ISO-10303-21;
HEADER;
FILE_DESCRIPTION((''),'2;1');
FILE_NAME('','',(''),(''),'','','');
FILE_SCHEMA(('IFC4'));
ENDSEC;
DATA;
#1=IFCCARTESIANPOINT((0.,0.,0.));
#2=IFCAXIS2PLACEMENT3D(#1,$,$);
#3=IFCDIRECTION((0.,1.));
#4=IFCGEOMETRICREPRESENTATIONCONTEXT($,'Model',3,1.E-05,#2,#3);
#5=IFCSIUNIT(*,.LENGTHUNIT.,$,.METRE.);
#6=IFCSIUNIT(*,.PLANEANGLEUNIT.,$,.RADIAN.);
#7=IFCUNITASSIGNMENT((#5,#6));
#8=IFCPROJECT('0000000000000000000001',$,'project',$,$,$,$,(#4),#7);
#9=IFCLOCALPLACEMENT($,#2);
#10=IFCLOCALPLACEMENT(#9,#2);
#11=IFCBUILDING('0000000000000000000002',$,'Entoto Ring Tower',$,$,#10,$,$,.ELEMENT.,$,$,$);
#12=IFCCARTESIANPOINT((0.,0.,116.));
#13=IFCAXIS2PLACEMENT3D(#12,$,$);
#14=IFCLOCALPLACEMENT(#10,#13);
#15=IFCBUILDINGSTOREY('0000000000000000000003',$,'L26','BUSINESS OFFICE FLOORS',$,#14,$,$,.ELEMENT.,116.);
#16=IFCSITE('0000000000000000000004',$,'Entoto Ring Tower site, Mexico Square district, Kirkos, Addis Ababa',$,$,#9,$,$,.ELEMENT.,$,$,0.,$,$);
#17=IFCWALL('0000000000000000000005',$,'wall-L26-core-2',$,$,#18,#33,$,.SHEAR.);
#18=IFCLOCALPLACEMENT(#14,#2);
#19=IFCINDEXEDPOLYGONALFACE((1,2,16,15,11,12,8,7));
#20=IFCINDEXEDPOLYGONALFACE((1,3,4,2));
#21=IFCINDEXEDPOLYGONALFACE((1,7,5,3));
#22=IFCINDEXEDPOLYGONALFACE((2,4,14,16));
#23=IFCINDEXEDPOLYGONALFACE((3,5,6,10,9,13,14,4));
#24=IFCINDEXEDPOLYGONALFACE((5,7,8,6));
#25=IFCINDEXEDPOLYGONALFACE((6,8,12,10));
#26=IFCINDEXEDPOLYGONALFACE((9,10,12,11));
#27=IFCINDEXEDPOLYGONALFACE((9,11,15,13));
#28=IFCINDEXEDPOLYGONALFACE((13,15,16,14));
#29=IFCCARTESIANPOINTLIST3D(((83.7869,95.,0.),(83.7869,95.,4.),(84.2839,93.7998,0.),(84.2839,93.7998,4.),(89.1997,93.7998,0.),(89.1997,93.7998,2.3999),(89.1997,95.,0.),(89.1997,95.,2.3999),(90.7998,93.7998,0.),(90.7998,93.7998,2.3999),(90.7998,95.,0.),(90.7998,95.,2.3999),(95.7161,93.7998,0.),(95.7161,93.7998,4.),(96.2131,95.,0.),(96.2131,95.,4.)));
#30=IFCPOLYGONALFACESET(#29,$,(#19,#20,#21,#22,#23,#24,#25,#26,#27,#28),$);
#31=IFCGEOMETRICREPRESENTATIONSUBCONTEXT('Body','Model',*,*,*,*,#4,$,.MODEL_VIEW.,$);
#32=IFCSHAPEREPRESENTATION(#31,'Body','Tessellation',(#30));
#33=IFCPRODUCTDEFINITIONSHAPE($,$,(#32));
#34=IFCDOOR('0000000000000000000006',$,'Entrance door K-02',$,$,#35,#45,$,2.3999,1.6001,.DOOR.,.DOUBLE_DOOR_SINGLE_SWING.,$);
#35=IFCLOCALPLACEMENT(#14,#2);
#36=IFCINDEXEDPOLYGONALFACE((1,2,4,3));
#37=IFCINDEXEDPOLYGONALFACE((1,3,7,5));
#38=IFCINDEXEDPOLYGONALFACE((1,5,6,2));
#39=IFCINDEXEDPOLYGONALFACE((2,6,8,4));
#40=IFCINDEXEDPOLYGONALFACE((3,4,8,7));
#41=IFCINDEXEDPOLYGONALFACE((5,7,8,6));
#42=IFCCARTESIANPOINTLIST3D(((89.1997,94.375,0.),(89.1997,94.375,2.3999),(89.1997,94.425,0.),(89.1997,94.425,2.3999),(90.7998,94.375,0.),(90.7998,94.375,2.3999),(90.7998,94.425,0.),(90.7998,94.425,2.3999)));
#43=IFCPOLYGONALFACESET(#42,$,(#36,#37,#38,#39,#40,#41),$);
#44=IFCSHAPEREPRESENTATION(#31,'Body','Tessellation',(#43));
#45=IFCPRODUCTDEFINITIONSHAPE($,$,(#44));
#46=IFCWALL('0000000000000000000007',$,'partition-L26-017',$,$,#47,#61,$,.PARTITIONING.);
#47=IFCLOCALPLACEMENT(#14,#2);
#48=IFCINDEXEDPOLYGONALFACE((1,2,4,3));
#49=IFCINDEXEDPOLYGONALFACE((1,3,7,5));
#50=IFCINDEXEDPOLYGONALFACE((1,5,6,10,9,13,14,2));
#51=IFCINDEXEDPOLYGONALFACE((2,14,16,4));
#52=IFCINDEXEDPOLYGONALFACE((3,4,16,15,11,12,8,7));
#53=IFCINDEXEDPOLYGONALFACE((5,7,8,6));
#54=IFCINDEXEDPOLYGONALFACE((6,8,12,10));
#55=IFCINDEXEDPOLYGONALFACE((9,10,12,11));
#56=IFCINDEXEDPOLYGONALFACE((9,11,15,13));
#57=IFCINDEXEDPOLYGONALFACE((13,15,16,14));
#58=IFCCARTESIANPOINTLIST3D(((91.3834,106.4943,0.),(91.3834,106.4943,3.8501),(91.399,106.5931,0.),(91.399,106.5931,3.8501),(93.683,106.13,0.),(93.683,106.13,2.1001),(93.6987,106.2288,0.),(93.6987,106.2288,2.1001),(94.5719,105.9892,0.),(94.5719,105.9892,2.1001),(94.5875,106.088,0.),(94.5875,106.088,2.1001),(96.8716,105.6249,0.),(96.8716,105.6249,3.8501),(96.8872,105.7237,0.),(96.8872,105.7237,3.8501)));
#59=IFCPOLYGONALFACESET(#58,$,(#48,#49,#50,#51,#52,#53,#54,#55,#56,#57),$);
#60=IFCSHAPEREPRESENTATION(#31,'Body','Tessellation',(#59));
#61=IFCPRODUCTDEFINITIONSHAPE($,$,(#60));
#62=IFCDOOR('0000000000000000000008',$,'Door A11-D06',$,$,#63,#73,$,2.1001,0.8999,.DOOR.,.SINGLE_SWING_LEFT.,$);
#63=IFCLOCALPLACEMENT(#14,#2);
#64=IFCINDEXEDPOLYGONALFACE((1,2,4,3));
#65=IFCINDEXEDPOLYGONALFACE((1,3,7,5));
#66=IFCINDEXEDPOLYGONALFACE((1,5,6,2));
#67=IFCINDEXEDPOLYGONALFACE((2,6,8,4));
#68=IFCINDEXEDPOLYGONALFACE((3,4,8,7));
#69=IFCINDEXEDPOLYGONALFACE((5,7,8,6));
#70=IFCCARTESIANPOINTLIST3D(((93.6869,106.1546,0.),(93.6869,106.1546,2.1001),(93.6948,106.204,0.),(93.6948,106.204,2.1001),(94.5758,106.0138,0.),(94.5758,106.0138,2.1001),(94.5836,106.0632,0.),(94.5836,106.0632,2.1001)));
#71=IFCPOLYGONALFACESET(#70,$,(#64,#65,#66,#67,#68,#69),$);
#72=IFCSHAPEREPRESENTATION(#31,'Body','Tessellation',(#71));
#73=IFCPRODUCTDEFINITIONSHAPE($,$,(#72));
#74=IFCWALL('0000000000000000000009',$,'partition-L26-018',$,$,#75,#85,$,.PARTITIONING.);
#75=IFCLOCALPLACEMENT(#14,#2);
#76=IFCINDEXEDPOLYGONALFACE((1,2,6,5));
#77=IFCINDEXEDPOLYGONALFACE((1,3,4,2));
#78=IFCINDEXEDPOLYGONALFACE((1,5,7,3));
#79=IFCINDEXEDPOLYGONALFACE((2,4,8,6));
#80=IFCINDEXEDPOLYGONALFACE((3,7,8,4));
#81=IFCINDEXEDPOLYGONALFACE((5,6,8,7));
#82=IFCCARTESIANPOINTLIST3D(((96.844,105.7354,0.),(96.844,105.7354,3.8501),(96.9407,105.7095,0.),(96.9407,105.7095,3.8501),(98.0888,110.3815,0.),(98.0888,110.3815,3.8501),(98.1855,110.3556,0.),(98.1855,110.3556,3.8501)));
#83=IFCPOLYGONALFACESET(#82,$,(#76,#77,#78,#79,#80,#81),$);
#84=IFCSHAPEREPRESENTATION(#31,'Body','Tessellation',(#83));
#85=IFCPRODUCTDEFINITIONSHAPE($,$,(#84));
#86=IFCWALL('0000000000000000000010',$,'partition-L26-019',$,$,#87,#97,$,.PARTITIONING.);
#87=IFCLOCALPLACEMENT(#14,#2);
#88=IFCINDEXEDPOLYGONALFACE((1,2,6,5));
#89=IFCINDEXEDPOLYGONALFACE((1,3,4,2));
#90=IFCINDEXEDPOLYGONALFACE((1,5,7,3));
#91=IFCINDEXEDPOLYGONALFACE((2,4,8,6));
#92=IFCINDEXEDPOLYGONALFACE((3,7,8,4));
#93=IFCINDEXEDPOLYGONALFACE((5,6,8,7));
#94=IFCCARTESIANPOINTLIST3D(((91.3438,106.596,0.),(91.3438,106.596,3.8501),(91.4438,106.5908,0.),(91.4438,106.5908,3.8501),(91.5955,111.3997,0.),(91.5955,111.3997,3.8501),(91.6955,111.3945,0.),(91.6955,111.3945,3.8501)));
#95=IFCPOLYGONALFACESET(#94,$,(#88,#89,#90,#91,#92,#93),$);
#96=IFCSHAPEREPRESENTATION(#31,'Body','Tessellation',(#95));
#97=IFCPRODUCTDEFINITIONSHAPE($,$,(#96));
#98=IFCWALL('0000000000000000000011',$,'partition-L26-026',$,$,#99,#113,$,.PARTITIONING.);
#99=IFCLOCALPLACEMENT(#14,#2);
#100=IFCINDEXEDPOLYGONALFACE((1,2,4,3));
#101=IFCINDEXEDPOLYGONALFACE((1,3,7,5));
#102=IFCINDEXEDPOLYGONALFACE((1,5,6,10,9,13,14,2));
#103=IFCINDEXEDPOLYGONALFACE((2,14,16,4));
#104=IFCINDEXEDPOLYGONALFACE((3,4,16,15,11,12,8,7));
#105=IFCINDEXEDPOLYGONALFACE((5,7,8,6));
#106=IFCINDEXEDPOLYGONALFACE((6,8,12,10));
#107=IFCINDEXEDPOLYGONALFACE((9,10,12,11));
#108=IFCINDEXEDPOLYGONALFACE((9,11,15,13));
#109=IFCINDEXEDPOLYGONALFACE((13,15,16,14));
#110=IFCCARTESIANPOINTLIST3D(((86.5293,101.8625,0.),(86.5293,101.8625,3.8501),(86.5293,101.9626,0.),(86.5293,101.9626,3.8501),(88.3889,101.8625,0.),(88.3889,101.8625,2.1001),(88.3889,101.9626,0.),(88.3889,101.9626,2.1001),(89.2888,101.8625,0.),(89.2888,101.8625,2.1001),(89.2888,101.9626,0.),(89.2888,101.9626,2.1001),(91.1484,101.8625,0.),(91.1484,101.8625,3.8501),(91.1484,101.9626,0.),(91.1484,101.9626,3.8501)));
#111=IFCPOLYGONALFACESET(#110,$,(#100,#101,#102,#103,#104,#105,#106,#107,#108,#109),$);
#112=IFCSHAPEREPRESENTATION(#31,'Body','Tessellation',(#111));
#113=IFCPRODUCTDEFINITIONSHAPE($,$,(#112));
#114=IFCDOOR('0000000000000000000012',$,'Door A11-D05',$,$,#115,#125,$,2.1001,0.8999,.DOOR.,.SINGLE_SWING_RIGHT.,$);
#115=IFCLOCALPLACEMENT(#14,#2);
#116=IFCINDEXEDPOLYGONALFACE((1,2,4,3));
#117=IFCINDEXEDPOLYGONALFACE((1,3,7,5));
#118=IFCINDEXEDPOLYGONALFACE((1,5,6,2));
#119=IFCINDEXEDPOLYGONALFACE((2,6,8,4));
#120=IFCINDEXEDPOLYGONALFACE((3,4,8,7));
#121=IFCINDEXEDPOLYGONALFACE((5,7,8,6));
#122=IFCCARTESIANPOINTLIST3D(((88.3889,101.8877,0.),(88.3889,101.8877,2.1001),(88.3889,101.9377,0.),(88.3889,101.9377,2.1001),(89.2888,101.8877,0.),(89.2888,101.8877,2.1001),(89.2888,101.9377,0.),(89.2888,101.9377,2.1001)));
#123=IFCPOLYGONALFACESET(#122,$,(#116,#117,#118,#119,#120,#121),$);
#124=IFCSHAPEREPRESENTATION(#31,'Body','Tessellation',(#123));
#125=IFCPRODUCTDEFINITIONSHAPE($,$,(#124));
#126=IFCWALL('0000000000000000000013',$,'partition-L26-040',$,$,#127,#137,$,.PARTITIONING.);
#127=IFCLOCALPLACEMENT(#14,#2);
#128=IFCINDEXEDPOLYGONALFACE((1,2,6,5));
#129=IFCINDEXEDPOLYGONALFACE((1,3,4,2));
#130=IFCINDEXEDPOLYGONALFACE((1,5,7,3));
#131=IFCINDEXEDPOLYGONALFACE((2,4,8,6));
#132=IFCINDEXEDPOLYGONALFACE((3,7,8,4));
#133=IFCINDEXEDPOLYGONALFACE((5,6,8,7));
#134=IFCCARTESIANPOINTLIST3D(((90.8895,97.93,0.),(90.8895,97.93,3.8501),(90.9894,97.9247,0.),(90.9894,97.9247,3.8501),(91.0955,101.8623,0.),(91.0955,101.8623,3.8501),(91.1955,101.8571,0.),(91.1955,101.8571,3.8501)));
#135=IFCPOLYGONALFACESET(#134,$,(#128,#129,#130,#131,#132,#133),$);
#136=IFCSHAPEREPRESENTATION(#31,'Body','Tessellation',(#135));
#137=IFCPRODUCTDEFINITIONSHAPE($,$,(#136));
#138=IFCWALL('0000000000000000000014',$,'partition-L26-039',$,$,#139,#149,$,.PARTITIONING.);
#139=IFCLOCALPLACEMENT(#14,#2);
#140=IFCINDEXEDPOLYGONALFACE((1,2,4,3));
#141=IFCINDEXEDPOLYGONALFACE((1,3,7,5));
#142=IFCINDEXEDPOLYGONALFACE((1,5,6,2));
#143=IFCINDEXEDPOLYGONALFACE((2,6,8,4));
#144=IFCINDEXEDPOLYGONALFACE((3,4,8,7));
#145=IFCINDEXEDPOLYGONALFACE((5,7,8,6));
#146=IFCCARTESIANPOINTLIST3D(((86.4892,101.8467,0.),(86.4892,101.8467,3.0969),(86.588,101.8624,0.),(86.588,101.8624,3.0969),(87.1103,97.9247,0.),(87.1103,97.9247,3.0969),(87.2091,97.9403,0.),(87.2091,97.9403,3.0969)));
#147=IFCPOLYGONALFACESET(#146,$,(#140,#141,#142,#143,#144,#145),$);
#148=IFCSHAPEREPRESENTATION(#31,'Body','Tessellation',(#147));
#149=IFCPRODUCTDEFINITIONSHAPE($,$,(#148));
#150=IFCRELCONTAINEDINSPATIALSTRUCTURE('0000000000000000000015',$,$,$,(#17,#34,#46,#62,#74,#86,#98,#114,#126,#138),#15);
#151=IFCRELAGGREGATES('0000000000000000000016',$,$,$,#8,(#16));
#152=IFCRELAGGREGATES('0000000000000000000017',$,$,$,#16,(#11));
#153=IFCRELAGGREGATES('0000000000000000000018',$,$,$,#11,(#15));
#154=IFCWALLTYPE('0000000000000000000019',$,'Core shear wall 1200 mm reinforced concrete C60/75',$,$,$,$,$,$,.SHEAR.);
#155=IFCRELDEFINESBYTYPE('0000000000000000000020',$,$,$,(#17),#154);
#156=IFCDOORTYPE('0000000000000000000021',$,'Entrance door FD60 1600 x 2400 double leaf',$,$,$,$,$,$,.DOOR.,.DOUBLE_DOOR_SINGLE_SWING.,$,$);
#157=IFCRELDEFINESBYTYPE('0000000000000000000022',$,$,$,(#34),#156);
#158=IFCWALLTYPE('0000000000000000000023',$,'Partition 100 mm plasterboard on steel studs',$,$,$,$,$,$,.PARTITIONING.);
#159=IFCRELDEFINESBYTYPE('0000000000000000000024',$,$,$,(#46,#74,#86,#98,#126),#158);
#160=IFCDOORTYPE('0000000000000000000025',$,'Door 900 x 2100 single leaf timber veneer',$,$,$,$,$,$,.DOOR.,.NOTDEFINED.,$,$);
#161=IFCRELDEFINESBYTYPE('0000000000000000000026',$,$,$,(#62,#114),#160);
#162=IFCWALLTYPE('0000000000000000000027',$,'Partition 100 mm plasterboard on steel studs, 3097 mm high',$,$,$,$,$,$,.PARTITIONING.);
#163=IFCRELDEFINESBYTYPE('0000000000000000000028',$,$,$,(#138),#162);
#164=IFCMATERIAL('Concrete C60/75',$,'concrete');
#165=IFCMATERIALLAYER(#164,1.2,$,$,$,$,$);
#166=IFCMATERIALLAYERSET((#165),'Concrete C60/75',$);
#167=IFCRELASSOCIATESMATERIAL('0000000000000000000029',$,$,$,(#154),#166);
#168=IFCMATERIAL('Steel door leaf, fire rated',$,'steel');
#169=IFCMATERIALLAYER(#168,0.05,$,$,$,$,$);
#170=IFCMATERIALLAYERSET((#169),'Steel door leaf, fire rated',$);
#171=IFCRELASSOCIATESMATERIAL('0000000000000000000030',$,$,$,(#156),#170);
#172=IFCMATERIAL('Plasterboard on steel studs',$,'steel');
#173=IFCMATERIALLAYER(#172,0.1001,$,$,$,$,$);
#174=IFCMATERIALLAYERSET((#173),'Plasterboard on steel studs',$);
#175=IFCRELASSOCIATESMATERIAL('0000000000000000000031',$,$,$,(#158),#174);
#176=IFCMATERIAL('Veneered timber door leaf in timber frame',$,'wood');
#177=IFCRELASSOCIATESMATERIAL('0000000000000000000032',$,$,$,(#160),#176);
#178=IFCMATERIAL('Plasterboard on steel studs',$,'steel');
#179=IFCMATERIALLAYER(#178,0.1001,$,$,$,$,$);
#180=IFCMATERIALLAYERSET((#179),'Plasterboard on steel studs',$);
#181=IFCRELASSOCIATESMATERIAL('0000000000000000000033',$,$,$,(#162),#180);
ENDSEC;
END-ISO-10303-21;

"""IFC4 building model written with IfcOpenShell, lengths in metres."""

from ifc_helpers import new_model, si_unit, direction, frame, frame_2d, origin, place, context, subcontext, project, spatial, polyline, rectangle, outline, extrude, material, layer, layer_set, type_object, element, fill, save


model = new_model("IFC4")

# Units and contexts
model_context = context("Model", 3, precision=1e-05, world=origin(), true_north=direction((0.0, 1.0)))
body_context = subcontext(model_context, "Body", "Model", "MODEL_VIEW")
ifc_project = project(units=[si_unit("LENGTHUNIT", "METRE"), si_unit("PLANEANGLEUNIT", "RADIAN")], contexts=[model_context])

# Site, building, storey
site_placement = place(None, origin())
site = spatial("IfcSite", under=ifc_project, at=site_placement, Name="Entoto Ring Tower site, Mexico Square district, Kirkos, Addis Ababa", CompositionType="ELEMENT", RefElevation=0.0)
building_placement = place(site_placement, origin())
building = spatial("IfcBuilding", under=site, at=building_placement, Name="Entoto Ring Tower", CompositionType="ELEMENT")
storey_placement = place(building_placement, frame((0.0, 0.0, 116.0)))
storey = spatial("IfcBuildingStorey", under=building, at=storey_placement, Name="L26", Description="BUSINESS OFFICE FLOORS", CompositionType="ELEMENT", Elevation=116.0)

# Walls, openings, doors
ifc_material_1 = material(Name="Concrete C60/75", Category="concrete")
ifc_layer_1 = layer(ifc_material_1, 1.2)
ifc_layer_set_1 = layer_set([ifc_layer_1], Name="Concrete C60/75")
wall_type_1 = type_object("IfcWallType", Name="Core shear wall 1200 mm reinforced concrete C60/75", PredefinedType="SHEAR", material=ifc_layer_set_1)
wall_1_placement = place(storey_placement, frame((95.9646, 94.3999, 0.0), z_axis=(0.0, 0.0, 1.0), x_axis=(-1.0, 0.0, 0.0)))
wall_1 = element("IfcWall", 1, at=wall_1_placement, inside=storey, type_object=wall_type_1, Name="wall-L26-core-2", PredefinedType="SHEAR", context=body_context, shape_type="SweptSolid", body=[
    extrude(outline(polyline([(-0.2485, -0.6001), (12.1777, -0.6001), (11.6807, 0.6001), (0.2485, 0.6001), (-0.2485, -0.6001)])), origin(), (0.0, 0.0, 1.0), 4.0),
])
opening_1_placement = place(wall_1_placement, frame((5.1648, 0.0, 0.0)))
opening_1 = element("IfcOpeningElement", 2, at=opening_1_placement, cuts=wall_1, PredefinedType="OPENING", context=body_context, shape_type="SweptSolid", body=[
    extrude(rectangle(XDim=1.6001, YDim=2.3999, at=frame_2d((0.8, 1.2))), frame((0.0, 0.6099, 0.0), z_axis=(0.0, -1.0, 0.0), x_axis=(1.0, 0.0, 0.0)), (0.0, 0.0, 1.0), 1.22),
])
ifc_material_2 = material(Name="Steel door leaf, fire rated", Category="steel")
ifc_layer_2 = layer(ifc_material_2, 0.05)
ifc_layer_set_2 = layer_set([ifc_layer_2], Name="Steel door leaf, fire rated")
door_type_1 = type_object("IfcDoorType", Name="Entrance door FD60 1600 x 2400 double leaf", OperationType="DOUBLE_DOOR_SINGLE_SWING", PredefinedType="DOOR", material=ifc_layer_set_2)
door_1_placement = place(opening_1_placement, origin())
door_1 = element("IfcDoor", 3, at=door_1_placement, inside=storey, type_object=door_type_1, Name="Entrance door K-02", OperationType="DOUBLE_DOOR_SINGLE_SWING", OverallHeight=2.3999, OverallWidth=1.6001, PredefinedType="DOOR", context=body_context, shape_type="SweptSolid", body=[
    extrude(rectangle(XDim=1.6001, YDim=2.3999, at=frame_2d((0.8, 1.2))), frame((0.0, 0.0249, 0.0), z_axis=(0.0, -1.0, 0.0), x_axis=(1.0, 0.0, 0.0)), (0.0, 0.0, 1.0), 0.05),
])
fill(opening_1, door_1)
ifc_material_3 = material(Name="Plasterboard on steel studs", Category="steel")
ifc_layer_3 = layer(ifc_material_3, 0.1001)
ifc_layer_set_3 = layer_set([ifc_layer_3], Name="Plasterboard on steel studs")
wall_type_2 = type_object("IfcWallType", Name="Partition 100 mm plasterboard on steel studs", PredefinedType="PARTITIONING", material=ifc_layer_set_3)
wall_2_placement = place(storey_placement, frame((96.8794, 105.6743, 0.0), z_axis=(0.0, 0.0, 1.0), x_axis=(-0.987685, 0.156457, 0.0)))
wall_2 = element("IfcWall", 4, at=wall_2_placement, inside=storey, type_object=wall_type_2, Name="partition-L26-017", PredefinedType="PARTITIONING", context=body_context, shape_type="SweptSolid", body=[
    extrude(rectangle(XDim=5.5566, YDim=0.1001, at=frame_2d((2.7783, 0.0))), origin(), (0.0, 0.0, 1.0), 3.8501),
])
opening_2_placement = place(wall_2_placement, frame((2.3284, 0.0, 0.0)))
opening_2 = element("IfcOpeningElement", 5, at=opening_2_placement, cuts=wall_2, PredefinedType="OPENING", context=body_context, shape_type="SweptSolid", body=[
    extrude(rectangle(XDim=0.8999, YDim=2.1001, at=frame_2d((0.45, 1.05))), frame((0.0, 0.0601, 0.0), z_axis=(0.0, -1.0, 0.0), x_axis=(1.0, 0.0, 0.0)), (0.0, 0.0, 1.0), 0.1201),
])
ifc_material_4 = material(Name="Veneered timber door leaf in timber frame", Category="wood")
door_type_2 = type_object("IfcDoorType", Name="Door 900 x 2100 single leaf timber veneer", OperationType="NOTDEFINED", PredefinedType="DOOR", material=ifc_material_4)
door_2_placement = place(opening_2_placement, frame((0.8999, 0.0, 0.0), z_axis=(0.0, 0.0, 1.0), x_axis=(-1.0, 0.0, 0.0)))
door_2 = element("IfcDoor", 6, at=door_2_placement, inside=storey, type_object=door_type_2, Name="Door A11-D06", OperationType="SINGLE_SWING_LEFT", OverallHeight=2.1001, OverallWidth=0.8999, PredefinedType="DOOR", context=body_context, shape_type="SweptSolid", body=[
    extrude(rectangle(XDim=0.8999, YDim=2.1001, at=frame_2d((0.45, 1.05))), frame((0.0, 0.0249, 0.0), z_axis=(0.0, -1.0, 0.0), x_axis=(1.0, 0.0, 0.0)), (0.0, 0.0, 1.0), 0.05),
])
fill(opening_2, door_2)

# Walls
wall_3_placement = place(storey_placement, frame((96.8923, 105.7224, 0.0), z_axis=(0.0, 0.0, 1.0), x_axis=(0.258803, 0.96593, 0.0)))
element("IfcWall", 7, at=wall_3_placement, inside=storey, type_object=wall_type_2, Name="partition-L26-018", PredefinedType="PARTITIONING", context=body_context, shape_type="SweptSolid", body=[
    extrude(rectangle(XDim=4.8101, YDim=0.1001, at=frame_2d((2.405, 0.0))), origin(), (0.0, 0.0, 1.0), 3.8501),
])
wall_4_placement = place(storey_placement, frame((91.3938, 106.5933, 0.0), z_axis=(0.0, 0.0, 1.0), x_axis=(0.052327, 0.99863, 0.0)))
element("IfcWall", 8, at=wall_4_placement, inside=storey, type_object=wall_type_2, Name="partition-L26-019", PredefinedType="PARTITIONING", context=body_context, shape_type="SweptSolid", body=[
    extrude(rectangle(XDim=4.8103, YDim=0.1001, at=frame_2d((2.4053, 0.0))), origin(), (0.0, 0.0, 1.0), 3.8501),
])

# Wall, opening, door
wall_5_placement = place(storey_placement, frame((86.5293, 101.9126, 0.0), z_axis=(0.0, 0.0, 1.0), x_axis=(1.0, 0.0, 0.0)))
wall_5 = element("IfcWall", 9, at=wall_5_placement, inside=storey, type_object=wall_type_2, Name="partition-L26-026", PredefinedType="PARTITIONING", context=body_context, shape_type="SweptSolid", body=[
    extrude(rectangle(XDim=4.6191, YDim=0.1001, at=frame_2d((2.3096, 0.0))), origin(), (0.0, 0.0, 1.0), 3.8501),
])
opening_3_placement = place(wall_5_placement, frame((1.8596, 0.0, 0.0)))
opening_3 = element("IfcOpeningElement", 10, at=opening_3_placement, cuts=wall_5, PredefinedType="OPENING", context=body_context, shape_type="SweptSolid", body=[
    extrude(rectangle(XDim=0.8999, YDim=2.1001, at=frame_2d((0.45, 1.05))), frame((0.0, 0.0601, 0.0), z_axis=(0.0, -1.0, 0.0), x_axis=(1.0, 0.0, 0.0)), (0.0, 0.0, 1.0), 0.1201),
])
door_3_placement = place(opening_3_placement, frame((0.8999, 0.0, 0.0), z_axis=(0.0, 0.0, 1.0), x_axis=(-1.0, 0.0, 0.0)))
door_3 = element("IfcDoor", 11, at=door_3_placement, inside=storey, type_object=door_type_2, Name="Door A11-D05", OperationType="SINGLE_SWING_RIGHT", OverallHeight=2.1001, OverallWidth=0.8999, PredefinedType="DOOR", context=body_context, shape_type="SweptSolid", body=[
    extrude(rectangle(XDim=0.8999, YDim=2.1001, at=frame_2d((0.45, 1.05))), frame((0.0, 0.0249, 0.0), z_axis=(0.0, -1.0, 0.0), x_axis=(1.0, 0.0, 0.0)), (0.0, 0.0, 1.0), 0.05),
])
fill(opening_3, door_3)

# Walls
wall_6_placement = place(storey_placement, frame((90.9395, 97.9275, 0.0), z_axis=(0.0, 0.0, 1.0), x_axis=(0.052328, 0.99863, 0.0)))
element("IfcWall", 12, at=wall_6_placement, inside=storey, type_object=wall_type_2, Name="partition-L26-040", PredefinedType="PARTITIONING", context=body_context, shape_type="SweptSolid", body=[
    extrude(rectangle(XDim=3.9377, YDim=0.1001, at=frame_2d((1.9688, 0.0))), origin(), (0.0, 0.0, 1.0), 3.8501),
])
ifc_material_5 = material(Name="Plasterboard on steel studs", Category="steel")
ifc_layer_4 = layer(ifc_material_5, 0.1001)
ifc_layer_set_4 = layer_set([ifc_layer_4], Name="Plasterboard on steel studs")
wall_type_3 = type_object("IfcWallType", Name="Partition 100 mm plasterboard on steel studs, 3097 mm high", PredefinedType="PARTITIONING", material=ifc_layer_set_4)
wall_7_placement = place(storey_placement, frame((87.1597, 97.9326, 0.0), z_axis=(0.0, 0.0, 1.0), x_axis=(-0.156408, 0.987693, 0.0)))
element("IfcWall", 13, at=wall_7_placement, inside=storey, type_object=wall_type_3, Name="partition-L26-039", PredefinedType="PARTITIONING", context=body_context, shape_type="SweptSolid", body=[
    extrude(rectangle(XDim=3.9709, YDim=0.1001, at=frame_2d((1.9854, 0.0))), origin(), (0.0, 0.0, 1.0), 3.0969),
])

save(model, "model.ifc")
